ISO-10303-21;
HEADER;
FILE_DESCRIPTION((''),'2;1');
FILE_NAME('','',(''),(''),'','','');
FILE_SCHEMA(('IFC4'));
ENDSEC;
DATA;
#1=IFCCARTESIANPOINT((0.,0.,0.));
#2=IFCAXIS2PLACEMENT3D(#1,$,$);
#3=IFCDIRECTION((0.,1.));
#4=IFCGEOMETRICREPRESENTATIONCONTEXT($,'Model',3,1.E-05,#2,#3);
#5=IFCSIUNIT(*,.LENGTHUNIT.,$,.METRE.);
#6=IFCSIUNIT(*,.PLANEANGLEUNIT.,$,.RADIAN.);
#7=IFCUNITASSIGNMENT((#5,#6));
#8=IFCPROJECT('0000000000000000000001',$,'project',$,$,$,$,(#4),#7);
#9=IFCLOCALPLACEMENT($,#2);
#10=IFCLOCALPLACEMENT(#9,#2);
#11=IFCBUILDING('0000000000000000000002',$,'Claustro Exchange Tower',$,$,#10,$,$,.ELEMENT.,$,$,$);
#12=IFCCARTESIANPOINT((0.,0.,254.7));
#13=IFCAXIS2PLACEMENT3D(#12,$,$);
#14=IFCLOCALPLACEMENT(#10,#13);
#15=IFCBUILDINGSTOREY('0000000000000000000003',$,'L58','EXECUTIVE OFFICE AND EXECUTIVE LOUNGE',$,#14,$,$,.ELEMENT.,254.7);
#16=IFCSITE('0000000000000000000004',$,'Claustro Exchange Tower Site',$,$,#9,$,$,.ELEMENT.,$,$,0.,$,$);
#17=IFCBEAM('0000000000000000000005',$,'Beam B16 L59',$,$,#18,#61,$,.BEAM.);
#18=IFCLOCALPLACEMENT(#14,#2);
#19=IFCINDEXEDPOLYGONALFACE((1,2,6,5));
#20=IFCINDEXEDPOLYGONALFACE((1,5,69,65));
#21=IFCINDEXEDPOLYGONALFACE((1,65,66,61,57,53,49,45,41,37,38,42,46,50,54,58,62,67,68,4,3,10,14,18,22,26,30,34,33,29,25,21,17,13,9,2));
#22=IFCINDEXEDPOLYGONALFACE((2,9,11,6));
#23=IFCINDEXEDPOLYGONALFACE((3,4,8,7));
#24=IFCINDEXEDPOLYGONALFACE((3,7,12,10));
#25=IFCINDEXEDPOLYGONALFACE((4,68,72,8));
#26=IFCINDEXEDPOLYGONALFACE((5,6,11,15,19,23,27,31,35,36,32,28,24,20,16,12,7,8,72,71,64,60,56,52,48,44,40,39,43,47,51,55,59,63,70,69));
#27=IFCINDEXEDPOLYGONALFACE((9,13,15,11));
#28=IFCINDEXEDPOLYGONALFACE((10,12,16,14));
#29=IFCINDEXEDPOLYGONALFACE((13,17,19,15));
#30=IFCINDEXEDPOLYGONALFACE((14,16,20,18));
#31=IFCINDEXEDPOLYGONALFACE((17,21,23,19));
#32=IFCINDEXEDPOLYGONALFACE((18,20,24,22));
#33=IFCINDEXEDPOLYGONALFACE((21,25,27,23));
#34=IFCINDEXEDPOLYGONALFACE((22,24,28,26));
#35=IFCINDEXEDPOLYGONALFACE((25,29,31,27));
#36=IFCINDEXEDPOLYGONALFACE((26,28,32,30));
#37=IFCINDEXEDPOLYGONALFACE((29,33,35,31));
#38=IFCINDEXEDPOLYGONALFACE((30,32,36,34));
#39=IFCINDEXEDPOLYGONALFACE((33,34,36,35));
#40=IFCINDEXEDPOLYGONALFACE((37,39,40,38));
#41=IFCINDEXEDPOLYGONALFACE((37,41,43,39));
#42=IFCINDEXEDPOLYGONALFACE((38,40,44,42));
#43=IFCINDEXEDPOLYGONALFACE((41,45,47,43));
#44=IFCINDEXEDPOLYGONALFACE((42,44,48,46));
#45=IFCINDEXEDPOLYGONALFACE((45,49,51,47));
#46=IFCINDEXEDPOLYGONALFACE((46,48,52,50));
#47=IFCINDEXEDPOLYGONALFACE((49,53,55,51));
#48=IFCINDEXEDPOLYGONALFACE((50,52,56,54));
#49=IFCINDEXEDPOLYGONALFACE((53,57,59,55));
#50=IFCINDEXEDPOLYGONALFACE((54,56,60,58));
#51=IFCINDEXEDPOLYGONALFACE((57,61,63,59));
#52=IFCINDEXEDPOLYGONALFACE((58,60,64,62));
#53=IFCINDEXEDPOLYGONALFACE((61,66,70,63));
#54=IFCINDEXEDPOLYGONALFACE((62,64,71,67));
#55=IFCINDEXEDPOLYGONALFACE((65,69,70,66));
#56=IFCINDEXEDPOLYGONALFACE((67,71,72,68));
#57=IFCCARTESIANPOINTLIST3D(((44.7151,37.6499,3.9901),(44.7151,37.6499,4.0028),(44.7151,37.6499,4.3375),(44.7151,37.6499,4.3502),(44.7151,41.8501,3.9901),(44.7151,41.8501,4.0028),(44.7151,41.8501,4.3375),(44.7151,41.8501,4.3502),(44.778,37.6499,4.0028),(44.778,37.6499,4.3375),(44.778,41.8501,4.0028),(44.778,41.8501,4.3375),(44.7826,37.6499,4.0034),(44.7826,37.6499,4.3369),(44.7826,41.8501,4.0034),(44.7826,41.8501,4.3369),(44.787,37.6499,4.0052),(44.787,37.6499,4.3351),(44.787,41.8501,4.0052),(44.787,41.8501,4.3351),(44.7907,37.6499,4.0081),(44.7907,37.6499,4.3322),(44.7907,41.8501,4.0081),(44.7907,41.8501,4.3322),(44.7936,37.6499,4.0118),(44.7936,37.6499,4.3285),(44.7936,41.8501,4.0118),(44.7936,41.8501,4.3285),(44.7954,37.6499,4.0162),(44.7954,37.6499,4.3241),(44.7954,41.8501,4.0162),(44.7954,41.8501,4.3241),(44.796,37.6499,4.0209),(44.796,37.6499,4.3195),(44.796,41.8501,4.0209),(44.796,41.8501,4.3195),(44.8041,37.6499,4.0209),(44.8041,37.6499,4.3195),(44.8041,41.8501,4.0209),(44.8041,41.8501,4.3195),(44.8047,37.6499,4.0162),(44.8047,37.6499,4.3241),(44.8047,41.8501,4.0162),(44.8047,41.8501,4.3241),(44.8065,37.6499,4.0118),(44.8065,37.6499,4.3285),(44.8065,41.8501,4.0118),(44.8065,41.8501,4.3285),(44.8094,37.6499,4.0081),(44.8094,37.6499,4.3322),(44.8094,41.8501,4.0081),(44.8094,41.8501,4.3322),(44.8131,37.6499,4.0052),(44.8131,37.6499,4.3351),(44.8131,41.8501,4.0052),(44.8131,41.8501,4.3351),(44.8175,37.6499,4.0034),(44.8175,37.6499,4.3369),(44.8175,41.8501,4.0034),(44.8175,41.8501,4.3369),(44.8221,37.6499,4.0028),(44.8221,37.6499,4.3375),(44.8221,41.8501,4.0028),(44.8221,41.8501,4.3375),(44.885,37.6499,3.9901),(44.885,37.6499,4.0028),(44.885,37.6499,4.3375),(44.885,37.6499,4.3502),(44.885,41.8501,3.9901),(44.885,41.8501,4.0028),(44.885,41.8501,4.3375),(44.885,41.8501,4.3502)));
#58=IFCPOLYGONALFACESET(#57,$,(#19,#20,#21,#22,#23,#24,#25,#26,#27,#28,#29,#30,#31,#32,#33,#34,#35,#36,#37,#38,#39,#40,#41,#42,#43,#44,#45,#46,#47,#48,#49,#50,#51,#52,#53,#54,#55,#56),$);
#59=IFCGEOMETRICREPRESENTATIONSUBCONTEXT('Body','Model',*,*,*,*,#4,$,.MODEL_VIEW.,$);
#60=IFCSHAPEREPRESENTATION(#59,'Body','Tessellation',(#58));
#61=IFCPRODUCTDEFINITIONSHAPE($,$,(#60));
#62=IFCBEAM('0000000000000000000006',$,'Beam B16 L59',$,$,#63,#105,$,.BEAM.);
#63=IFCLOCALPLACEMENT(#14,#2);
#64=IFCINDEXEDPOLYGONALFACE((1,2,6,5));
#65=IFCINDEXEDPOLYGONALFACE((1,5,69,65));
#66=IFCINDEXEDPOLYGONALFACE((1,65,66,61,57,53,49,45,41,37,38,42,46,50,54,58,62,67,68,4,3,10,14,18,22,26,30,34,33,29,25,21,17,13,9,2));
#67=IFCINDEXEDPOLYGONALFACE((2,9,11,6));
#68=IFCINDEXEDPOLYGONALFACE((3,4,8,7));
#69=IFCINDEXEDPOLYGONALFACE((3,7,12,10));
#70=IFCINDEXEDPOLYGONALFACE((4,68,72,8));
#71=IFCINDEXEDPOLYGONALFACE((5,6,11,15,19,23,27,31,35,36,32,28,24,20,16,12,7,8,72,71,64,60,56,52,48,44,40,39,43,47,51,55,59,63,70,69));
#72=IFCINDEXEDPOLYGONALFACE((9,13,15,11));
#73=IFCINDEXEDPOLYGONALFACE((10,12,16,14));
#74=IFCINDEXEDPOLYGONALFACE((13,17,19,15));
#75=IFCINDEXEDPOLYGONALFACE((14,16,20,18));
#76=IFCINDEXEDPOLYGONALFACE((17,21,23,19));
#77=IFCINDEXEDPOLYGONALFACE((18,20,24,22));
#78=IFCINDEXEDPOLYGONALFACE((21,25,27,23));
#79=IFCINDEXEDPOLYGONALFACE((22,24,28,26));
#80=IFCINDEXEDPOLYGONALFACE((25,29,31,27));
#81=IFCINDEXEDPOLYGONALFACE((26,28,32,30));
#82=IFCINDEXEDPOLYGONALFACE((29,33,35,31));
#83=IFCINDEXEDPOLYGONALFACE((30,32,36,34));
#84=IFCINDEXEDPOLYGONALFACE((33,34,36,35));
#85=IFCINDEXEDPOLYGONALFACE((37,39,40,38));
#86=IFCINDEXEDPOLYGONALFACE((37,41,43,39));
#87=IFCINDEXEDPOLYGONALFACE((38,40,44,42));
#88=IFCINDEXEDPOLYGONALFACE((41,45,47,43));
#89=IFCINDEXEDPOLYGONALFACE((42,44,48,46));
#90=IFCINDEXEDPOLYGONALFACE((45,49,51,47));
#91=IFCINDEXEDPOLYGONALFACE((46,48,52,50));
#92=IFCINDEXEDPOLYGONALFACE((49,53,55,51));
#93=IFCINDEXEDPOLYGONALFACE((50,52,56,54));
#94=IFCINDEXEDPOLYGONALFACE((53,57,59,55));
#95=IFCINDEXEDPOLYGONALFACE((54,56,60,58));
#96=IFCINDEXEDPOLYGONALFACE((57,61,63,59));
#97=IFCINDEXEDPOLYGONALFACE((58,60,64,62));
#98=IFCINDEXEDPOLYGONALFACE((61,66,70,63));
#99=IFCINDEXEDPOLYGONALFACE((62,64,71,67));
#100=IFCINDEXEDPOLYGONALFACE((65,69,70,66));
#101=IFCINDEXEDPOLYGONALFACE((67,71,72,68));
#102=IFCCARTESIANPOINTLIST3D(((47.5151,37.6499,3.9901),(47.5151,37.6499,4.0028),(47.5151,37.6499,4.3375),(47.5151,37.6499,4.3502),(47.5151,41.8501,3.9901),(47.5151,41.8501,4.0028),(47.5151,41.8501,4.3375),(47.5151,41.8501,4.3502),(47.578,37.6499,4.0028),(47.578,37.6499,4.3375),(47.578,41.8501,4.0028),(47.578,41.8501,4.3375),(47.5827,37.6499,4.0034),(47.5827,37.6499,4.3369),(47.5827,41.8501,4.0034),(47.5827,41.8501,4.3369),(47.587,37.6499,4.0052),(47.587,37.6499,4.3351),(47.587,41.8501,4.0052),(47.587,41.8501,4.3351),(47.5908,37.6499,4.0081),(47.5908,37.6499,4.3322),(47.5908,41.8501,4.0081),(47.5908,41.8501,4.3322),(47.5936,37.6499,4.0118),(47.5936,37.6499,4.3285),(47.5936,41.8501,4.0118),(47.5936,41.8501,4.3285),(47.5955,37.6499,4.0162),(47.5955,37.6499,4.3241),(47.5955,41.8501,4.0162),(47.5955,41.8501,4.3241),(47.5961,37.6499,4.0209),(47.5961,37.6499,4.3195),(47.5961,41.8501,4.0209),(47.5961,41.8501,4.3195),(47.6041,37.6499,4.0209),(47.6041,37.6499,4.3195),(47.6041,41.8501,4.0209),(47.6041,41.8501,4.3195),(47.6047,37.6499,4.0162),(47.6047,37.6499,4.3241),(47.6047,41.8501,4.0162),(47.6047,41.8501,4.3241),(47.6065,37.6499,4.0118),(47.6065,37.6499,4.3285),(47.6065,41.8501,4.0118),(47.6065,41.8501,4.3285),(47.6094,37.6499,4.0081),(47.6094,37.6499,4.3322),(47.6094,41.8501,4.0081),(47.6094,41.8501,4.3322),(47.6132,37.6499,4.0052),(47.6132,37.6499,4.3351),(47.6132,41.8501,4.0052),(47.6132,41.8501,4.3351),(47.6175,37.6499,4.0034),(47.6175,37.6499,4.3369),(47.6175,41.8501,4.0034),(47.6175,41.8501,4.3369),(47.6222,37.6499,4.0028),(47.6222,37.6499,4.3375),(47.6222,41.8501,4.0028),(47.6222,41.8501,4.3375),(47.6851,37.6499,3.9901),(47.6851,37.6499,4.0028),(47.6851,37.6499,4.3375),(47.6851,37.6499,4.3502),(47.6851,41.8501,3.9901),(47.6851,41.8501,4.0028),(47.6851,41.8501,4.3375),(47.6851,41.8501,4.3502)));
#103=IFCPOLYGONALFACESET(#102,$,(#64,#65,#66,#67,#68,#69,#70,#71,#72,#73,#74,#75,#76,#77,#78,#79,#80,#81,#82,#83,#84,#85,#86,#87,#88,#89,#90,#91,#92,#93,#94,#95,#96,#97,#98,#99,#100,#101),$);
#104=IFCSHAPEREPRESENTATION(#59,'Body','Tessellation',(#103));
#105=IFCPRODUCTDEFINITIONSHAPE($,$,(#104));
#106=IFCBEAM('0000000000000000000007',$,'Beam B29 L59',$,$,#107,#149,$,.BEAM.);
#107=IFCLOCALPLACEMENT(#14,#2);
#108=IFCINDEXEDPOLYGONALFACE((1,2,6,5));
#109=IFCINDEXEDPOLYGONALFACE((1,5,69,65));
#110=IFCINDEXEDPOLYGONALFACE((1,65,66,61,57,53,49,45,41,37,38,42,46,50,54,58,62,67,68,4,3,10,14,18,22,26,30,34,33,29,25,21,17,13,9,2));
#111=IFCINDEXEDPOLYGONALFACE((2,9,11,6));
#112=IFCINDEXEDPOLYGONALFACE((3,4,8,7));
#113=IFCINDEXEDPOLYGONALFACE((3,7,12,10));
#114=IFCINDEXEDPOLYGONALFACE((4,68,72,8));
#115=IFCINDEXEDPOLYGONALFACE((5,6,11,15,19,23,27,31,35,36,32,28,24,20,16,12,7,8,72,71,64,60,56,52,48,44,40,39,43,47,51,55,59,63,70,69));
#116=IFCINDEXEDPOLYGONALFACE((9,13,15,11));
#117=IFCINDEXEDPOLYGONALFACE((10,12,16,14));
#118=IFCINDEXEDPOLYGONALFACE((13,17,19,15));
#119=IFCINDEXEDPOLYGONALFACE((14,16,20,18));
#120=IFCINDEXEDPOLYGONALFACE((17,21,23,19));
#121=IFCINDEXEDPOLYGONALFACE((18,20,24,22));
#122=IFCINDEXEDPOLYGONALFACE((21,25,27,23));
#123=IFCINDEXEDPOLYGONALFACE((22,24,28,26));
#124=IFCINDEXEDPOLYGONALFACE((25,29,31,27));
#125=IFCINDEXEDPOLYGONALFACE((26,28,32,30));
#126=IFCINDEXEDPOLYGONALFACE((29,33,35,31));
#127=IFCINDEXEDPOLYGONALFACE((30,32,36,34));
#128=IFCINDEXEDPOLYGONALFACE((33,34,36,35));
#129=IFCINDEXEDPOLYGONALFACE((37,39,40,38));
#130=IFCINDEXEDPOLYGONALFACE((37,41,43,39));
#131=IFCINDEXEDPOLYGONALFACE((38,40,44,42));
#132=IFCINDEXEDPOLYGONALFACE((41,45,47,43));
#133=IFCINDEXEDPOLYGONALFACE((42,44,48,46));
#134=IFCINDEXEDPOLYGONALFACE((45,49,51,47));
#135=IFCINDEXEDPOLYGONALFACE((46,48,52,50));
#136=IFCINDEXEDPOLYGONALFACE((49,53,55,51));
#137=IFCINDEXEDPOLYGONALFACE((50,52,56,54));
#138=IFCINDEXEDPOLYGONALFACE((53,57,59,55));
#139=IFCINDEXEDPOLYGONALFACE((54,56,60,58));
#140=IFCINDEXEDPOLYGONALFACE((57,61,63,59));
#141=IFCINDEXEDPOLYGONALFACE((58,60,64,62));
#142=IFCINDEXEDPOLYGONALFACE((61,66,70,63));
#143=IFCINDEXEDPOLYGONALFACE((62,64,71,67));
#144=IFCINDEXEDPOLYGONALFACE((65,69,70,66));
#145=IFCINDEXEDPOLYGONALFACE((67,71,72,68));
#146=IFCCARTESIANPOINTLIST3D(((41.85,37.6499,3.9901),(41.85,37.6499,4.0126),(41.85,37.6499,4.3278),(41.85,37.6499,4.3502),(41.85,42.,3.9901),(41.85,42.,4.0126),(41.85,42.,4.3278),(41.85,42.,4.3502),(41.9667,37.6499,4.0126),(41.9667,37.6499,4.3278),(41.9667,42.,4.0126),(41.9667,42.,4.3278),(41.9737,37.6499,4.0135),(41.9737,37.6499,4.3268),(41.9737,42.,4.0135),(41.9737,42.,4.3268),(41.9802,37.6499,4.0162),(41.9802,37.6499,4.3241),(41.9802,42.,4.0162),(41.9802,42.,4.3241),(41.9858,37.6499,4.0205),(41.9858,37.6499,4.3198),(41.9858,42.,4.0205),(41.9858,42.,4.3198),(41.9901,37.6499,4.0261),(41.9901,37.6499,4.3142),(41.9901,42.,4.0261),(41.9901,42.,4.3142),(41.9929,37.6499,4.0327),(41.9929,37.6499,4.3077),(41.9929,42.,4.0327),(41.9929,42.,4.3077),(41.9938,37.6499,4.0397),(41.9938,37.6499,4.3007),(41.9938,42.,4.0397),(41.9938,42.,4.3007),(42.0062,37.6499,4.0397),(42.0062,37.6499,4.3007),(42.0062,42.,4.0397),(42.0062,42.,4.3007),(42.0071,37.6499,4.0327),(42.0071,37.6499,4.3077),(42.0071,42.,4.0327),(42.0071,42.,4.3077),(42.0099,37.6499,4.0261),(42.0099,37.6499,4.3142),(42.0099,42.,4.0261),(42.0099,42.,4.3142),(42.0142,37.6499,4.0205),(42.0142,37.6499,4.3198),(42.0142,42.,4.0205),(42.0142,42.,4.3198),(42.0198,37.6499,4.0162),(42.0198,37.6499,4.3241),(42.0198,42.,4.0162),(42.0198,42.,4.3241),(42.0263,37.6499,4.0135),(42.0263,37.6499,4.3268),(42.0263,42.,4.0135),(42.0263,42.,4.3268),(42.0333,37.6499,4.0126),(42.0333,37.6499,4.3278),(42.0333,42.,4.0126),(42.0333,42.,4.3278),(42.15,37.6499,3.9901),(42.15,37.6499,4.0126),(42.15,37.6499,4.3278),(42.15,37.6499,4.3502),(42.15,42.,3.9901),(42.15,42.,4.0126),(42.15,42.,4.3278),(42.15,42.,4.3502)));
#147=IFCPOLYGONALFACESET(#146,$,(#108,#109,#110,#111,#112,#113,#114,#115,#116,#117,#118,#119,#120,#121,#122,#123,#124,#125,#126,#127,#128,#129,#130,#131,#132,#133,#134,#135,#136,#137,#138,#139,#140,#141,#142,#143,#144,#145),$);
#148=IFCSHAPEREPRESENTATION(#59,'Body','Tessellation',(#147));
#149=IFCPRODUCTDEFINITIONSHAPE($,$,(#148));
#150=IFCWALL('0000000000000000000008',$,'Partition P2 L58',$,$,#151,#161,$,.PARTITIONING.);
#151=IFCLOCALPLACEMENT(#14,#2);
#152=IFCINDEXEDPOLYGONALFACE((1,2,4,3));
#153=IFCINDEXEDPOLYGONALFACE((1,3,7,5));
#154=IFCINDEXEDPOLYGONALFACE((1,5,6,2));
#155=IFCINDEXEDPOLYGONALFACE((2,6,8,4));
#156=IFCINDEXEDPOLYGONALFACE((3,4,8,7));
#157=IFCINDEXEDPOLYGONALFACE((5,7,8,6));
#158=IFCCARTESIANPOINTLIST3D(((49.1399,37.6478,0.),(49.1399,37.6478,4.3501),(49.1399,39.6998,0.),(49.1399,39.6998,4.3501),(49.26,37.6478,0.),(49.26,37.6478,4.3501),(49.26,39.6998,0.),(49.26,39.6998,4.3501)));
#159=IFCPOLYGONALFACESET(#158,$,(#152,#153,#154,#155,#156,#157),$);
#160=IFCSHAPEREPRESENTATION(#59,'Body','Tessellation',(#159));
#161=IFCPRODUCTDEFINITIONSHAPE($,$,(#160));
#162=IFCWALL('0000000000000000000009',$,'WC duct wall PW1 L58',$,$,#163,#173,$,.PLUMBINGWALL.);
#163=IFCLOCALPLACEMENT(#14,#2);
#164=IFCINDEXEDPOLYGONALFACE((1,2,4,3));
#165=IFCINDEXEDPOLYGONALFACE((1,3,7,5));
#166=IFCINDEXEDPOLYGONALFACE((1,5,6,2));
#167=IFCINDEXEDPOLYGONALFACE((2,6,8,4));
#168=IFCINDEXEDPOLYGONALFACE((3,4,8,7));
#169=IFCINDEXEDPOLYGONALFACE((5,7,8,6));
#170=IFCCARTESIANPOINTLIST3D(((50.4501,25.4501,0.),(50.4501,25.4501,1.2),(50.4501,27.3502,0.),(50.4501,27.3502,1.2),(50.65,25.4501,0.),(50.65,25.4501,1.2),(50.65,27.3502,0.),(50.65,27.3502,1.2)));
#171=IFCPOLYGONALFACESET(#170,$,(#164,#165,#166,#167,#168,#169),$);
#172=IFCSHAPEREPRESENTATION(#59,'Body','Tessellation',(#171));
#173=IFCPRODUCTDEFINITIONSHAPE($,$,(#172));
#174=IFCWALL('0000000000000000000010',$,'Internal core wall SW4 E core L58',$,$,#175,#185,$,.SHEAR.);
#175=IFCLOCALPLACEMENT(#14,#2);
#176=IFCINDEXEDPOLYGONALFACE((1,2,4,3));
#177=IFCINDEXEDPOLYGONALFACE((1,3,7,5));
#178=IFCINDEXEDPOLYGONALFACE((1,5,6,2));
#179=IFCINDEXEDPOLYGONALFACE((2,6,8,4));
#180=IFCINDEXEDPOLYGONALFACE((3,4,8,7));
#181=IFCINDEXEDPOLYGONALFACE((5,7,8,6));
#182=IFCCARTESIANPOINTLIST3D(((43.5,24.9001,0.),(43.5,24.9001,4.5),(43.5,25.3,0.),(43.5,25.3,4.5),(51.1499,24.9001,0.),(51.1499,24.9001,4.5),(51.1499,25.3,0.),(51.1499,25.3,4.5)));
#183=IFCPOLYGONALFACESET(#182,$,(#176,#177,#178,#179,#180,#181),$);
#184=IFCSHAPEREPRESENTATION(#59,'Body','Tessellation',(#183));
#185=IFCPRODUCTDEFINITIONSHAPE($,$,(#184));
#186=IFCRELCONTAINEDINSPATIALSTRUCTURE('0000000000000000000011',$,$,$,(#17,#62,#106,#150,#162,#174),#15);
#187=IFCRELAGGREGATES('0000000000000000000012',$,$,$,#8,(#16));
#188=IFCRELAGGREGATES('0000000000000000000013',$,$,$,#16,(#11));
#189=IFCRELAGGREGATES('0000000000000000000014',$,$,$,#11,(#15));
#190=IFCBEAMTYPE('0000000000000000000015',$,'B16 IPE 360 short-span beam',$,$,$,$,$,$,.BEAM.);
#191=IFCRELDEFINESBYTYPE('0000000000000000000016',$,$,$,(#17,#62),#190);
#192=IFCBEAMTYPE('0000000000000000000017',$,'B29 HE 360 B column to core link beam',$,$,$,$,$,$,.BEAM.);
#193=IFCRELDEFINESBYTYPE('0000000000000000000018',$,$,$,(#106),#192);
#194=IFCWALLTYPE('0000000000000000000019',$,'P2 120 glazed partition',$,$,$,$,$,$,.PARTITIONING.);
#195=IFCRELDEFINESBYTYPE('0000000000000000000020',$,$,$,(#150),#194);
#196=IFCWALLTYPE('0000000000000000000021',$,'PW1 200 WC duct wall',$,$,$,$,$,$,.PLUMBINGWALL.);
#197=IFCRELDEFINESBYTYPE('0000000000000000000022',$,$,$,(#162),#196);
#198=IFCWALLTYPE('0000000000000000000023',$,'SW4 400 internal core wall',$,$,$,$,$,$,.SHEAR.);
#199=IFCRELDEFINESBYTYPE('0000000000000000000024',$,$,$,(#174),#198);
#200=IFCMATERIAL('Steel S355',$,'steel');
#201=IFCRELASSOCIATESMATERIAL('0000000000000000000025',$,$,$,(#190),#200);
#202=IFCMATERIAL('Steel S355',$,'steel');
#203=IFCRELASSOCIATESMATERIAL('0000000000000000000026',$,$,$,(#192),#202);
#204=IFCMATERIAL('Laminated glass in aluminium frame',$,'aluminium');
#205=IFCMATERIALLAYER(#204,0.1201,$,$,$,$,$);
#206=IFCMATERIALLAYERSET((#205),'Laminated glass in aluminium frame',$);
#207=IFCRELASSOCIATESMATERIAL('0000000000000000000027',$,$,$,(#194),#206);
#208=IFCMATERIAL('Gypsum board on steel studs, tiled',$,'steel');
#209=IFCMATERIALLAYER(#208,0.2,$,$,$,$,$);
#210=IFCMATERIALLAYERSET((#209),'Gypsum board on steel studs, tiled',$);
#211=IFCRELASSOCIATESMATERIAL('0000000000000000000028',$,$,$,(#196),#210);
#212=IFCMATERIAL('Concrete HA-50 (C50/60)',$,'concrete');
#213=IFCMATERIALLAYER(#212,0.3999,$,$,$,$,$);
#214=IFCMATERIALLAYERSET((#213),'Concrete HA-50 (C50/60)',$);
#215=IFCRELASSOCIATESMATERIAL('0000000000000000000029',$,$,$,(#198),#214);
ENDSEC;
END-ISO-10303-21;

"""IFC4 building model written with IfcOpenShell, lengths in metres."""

from ifc_helpers import new_model, si_unit, direction, frame, frame_2d, origin, origin_2d, place, context, subcontext, project, spatial, rectangle, i_section, extrude, material, layer, layer_set, material_profile, profile_set, type_object, element, save


model = new_model("IFC4")

# Units and contexts
model_context = context("Model", 3, precision=1e-05, world=origin(), true_north=direction((0.0, 1.0)))
body_context = subcontext(model_context, "Body", "Model", "MODEL_VIEW")
ifc_project = project(units=[si_unit("LENGTHUNIT", "METRE"), si_unit("PLANEANGLEUNIT", "RADIAN")], contexts=[model_context])

# Site, building, storey
site_placement = place(None, origin())
site = spatial("IfcSite", under=ifc_project, at=site_placement, Name="Claustro Exchange Tower Site", CompositionType="ELEMENT", RefElevation=0.0)
building_placement = place(site_placement, origin())
building = spatial("IfcBuilding", under=site, at=building_placement, Name="Claustro Exchange Tower", CompositionType="ELEMENT")
storey_placement = place(building_placement, frame((0.0, 0.0, 254.7)))
storey = spatial("IfcBuildingStorey", under=building, at=storey_placement, Name="L58", Description="EXECUTIVE OFFICE AND EXECUTIVE LOUNGE", CompositionType="ELEMENT", Elevation=254.7)

# Beams
ifc_material_1 = material(Name="Steel S355", Category="steel")
ifc_material_profile_1 = material_profile(ifc_material_1, i_section(OverallWidth=0.1699, OverallDepth=0.3601, WebThickness=0.0081, FlangeThickness=0.0127, FilletRadius=0.0181, at=origin_2d()), Name="IPE 360")
ifc_profile_set_1 = profile_set([ifc_material_profile_1], Name="Steel S355")
beam_type_1 = type_object("IfcBeamType", Name="B16 IPE 360 short-span beam", PredefinedType="BEAM", material=ifc_profile_set_1)
for number, where, z_axis, x_axis, name in (
    (1, (44.8, 37.6499, 4.1702), (0.0, 1.0, 0.0), (-1.0, 0.0, 0.0), "Beam B16 L59"),
    (2, (47.6001, 37.6499, 4.1702), (0.0, 1.0, 0.0), (-1.0, 0.0, 0.0), "Beam B16 L59"),
):
    element("IfcBeam", number, at=place(storey_placement, frame(where, z_axis=z_axis, x_axis=x_axis)), inside=storey, type_object=beam_type_1, Name=name, PredefinedType="BEAM", context=body_context, shape_type="SweptSolid", body=[
        extrude(i_section(OverallWidth=0.1699, OverallDepth=0.3601, WebThickness=0.0081, FlangeThickness=0.0127, FilletRadius=0.0181, at=origin_2d()), origin(), (0.0, 0.0, 1.0), 4.2002),
    ])
ifc_material_2 = material(Name="Steel S355", Category="steel")
ifc_material_profile_2 = material_profile(ifc_material_2, i_section(OverallWidth=0.3, OverallDepth=0.3601, WebThickness=0.0125, FlangeThickness=0.0225, FilletRadius=0.0271, at=origin_2d()), Name="HE 360 B")
ifc_profile_set_2 = profile_set([ifc_material_profile_2], Name="Steel S355")
beam_type_2 = type_object("IfcBeamType", Name="B29 HE 360 B column to core link beam", PredefinedType="BEAM", material=ifc_profile_set_2)
beam_placement = place(storey_placement, frame((42.0, 37.6499, 4.1702), z_axis=(0.0, 1.0, 0.0), x_axis=(-1.0, 0.0, 0.0)))
element("IfcBeam", 3, at=beam_placement, inside=storey, type_object=beam_type_2, Name="Beam B29 L59", PredefinedType="BEAM", context=body_context, shape_type="SweptSolid", body=[
    extrude(i_section(OverallWidth=0.3, OverallDepth=0.3601, WebThickness=0.0125, FlangeThickness=0.0225, FilletRadius=0.0271, at=origin_2d()), origin(), (0.0, 0.0, 1.0), 4.3501),
])

# Shared definitions
ifc_material_3 = material(Name="Laminated glass in aluminium frame", Category="aluminium")
ifc_layer_1 = layer(ifc_material_3, 0.1201)
ifc_layer_set_1 = layer_set([ifc_layer_1], Name="Laminated glass in aluminium frame")
wall_type_1 = type_object("IfcWallType", Name="P2 120 glazed partition", PredefinedType="PARTITIONING", material=ifc_layer_set_1)

# Walls
wall_1_placement = place(storey_placement, frame((49.2, 37.6479, 0.0), z_axis=(0.0, 0.0, 1.0), x_axis=(0.0, 1.0, 0.0)))
element("IfcWall", 4, at=wall_1_placement, inside=storey, type_object=wall_type_1, Name="Partition P2 L58", PredefinedType="PARTITIONING", context=body_context, shape_type="SweptSolid", body=[
    extrude(rectangle(XDim=2.052, YDim=0.1201, at=frame_2d((1.0259, 0.0))), origin(), (0.0, 0.0, 1.0), 4.3501),
])
ifc_material_4 = material(Name="Gypsum board on steel studs, tiled", Category="steel")
ifc_layer_2 = layer(ifc_material_4, 0.2)
ifc_layer_set_2 = layer_set([ifc_layer_2], Name="Gypsum board on steel studs, tiled")
wall_type_2 = type_object("IfcWallType", Name="PW1 200 WC duct wall", PredefinedType="PLUMBINGWALL", material=ifc_layer_set_2)
wall_2_placement = place(storey_placement, frame((50.55, 25.45, 0.0), z_axis=(0.0, 0.0, 1.0), x_axis=(0.0, 1.0, 0.0)))
element("IfcWall", 5, at=wall_2_placement, inside=storey, type_object=wall_type_2, Name="WC duct wall PW1 L58", PredefinedType="PLUMBINGWALL", context=body_context, shape_type="SweptSolid", body=[
    extrude(rectangle(XDim=1.9001, YDim=0.2, at=frame_2d((0.9502, 0.0))), origin(), (0.0, 0.0, 1.0), 1.2),
])
ifc_material_5 = material(Name="Concrete HA-50 (C50/60)", Category="concrete")
ifc_layer_3 = layer(ifc_material_5, 0.3999)
ifc_layer_set_3 = layer_set([ifc_layer_3], Name="Concrete HA-50 (C50/60)")
wall_type_3 = type_object("IfcWallType", Name="SW4 400 internal core wall", PredefinedType="SHEAR", material=ifc_layer_set_3)
for number, where, z_axis, x_axis, name in (
    (6, (51.1499, 25.1001, 0.0), (0.0, 0.0, 1.0), (-1.0, 0.0, 0.0), "Internal core wall SW4 E core L58"),
):
    element("IfcWall", number, at=place(storey_placement, frame(where, z_axis=z_axis, x_axis=x_axis)), inside=storey, type_object=wall_type_3, Name=name, PredefinedType="SHEAR", context=body_context, shape_type="SweptSolid", body=[
        extrude(rectangle(XDim=7.6499, YDim=0.3999, at=frame_2d((3.825, 0.0))), origin(), (0.0, 0.0, 1.0), 4.5),
    ])

save(model, "model.ifc")
